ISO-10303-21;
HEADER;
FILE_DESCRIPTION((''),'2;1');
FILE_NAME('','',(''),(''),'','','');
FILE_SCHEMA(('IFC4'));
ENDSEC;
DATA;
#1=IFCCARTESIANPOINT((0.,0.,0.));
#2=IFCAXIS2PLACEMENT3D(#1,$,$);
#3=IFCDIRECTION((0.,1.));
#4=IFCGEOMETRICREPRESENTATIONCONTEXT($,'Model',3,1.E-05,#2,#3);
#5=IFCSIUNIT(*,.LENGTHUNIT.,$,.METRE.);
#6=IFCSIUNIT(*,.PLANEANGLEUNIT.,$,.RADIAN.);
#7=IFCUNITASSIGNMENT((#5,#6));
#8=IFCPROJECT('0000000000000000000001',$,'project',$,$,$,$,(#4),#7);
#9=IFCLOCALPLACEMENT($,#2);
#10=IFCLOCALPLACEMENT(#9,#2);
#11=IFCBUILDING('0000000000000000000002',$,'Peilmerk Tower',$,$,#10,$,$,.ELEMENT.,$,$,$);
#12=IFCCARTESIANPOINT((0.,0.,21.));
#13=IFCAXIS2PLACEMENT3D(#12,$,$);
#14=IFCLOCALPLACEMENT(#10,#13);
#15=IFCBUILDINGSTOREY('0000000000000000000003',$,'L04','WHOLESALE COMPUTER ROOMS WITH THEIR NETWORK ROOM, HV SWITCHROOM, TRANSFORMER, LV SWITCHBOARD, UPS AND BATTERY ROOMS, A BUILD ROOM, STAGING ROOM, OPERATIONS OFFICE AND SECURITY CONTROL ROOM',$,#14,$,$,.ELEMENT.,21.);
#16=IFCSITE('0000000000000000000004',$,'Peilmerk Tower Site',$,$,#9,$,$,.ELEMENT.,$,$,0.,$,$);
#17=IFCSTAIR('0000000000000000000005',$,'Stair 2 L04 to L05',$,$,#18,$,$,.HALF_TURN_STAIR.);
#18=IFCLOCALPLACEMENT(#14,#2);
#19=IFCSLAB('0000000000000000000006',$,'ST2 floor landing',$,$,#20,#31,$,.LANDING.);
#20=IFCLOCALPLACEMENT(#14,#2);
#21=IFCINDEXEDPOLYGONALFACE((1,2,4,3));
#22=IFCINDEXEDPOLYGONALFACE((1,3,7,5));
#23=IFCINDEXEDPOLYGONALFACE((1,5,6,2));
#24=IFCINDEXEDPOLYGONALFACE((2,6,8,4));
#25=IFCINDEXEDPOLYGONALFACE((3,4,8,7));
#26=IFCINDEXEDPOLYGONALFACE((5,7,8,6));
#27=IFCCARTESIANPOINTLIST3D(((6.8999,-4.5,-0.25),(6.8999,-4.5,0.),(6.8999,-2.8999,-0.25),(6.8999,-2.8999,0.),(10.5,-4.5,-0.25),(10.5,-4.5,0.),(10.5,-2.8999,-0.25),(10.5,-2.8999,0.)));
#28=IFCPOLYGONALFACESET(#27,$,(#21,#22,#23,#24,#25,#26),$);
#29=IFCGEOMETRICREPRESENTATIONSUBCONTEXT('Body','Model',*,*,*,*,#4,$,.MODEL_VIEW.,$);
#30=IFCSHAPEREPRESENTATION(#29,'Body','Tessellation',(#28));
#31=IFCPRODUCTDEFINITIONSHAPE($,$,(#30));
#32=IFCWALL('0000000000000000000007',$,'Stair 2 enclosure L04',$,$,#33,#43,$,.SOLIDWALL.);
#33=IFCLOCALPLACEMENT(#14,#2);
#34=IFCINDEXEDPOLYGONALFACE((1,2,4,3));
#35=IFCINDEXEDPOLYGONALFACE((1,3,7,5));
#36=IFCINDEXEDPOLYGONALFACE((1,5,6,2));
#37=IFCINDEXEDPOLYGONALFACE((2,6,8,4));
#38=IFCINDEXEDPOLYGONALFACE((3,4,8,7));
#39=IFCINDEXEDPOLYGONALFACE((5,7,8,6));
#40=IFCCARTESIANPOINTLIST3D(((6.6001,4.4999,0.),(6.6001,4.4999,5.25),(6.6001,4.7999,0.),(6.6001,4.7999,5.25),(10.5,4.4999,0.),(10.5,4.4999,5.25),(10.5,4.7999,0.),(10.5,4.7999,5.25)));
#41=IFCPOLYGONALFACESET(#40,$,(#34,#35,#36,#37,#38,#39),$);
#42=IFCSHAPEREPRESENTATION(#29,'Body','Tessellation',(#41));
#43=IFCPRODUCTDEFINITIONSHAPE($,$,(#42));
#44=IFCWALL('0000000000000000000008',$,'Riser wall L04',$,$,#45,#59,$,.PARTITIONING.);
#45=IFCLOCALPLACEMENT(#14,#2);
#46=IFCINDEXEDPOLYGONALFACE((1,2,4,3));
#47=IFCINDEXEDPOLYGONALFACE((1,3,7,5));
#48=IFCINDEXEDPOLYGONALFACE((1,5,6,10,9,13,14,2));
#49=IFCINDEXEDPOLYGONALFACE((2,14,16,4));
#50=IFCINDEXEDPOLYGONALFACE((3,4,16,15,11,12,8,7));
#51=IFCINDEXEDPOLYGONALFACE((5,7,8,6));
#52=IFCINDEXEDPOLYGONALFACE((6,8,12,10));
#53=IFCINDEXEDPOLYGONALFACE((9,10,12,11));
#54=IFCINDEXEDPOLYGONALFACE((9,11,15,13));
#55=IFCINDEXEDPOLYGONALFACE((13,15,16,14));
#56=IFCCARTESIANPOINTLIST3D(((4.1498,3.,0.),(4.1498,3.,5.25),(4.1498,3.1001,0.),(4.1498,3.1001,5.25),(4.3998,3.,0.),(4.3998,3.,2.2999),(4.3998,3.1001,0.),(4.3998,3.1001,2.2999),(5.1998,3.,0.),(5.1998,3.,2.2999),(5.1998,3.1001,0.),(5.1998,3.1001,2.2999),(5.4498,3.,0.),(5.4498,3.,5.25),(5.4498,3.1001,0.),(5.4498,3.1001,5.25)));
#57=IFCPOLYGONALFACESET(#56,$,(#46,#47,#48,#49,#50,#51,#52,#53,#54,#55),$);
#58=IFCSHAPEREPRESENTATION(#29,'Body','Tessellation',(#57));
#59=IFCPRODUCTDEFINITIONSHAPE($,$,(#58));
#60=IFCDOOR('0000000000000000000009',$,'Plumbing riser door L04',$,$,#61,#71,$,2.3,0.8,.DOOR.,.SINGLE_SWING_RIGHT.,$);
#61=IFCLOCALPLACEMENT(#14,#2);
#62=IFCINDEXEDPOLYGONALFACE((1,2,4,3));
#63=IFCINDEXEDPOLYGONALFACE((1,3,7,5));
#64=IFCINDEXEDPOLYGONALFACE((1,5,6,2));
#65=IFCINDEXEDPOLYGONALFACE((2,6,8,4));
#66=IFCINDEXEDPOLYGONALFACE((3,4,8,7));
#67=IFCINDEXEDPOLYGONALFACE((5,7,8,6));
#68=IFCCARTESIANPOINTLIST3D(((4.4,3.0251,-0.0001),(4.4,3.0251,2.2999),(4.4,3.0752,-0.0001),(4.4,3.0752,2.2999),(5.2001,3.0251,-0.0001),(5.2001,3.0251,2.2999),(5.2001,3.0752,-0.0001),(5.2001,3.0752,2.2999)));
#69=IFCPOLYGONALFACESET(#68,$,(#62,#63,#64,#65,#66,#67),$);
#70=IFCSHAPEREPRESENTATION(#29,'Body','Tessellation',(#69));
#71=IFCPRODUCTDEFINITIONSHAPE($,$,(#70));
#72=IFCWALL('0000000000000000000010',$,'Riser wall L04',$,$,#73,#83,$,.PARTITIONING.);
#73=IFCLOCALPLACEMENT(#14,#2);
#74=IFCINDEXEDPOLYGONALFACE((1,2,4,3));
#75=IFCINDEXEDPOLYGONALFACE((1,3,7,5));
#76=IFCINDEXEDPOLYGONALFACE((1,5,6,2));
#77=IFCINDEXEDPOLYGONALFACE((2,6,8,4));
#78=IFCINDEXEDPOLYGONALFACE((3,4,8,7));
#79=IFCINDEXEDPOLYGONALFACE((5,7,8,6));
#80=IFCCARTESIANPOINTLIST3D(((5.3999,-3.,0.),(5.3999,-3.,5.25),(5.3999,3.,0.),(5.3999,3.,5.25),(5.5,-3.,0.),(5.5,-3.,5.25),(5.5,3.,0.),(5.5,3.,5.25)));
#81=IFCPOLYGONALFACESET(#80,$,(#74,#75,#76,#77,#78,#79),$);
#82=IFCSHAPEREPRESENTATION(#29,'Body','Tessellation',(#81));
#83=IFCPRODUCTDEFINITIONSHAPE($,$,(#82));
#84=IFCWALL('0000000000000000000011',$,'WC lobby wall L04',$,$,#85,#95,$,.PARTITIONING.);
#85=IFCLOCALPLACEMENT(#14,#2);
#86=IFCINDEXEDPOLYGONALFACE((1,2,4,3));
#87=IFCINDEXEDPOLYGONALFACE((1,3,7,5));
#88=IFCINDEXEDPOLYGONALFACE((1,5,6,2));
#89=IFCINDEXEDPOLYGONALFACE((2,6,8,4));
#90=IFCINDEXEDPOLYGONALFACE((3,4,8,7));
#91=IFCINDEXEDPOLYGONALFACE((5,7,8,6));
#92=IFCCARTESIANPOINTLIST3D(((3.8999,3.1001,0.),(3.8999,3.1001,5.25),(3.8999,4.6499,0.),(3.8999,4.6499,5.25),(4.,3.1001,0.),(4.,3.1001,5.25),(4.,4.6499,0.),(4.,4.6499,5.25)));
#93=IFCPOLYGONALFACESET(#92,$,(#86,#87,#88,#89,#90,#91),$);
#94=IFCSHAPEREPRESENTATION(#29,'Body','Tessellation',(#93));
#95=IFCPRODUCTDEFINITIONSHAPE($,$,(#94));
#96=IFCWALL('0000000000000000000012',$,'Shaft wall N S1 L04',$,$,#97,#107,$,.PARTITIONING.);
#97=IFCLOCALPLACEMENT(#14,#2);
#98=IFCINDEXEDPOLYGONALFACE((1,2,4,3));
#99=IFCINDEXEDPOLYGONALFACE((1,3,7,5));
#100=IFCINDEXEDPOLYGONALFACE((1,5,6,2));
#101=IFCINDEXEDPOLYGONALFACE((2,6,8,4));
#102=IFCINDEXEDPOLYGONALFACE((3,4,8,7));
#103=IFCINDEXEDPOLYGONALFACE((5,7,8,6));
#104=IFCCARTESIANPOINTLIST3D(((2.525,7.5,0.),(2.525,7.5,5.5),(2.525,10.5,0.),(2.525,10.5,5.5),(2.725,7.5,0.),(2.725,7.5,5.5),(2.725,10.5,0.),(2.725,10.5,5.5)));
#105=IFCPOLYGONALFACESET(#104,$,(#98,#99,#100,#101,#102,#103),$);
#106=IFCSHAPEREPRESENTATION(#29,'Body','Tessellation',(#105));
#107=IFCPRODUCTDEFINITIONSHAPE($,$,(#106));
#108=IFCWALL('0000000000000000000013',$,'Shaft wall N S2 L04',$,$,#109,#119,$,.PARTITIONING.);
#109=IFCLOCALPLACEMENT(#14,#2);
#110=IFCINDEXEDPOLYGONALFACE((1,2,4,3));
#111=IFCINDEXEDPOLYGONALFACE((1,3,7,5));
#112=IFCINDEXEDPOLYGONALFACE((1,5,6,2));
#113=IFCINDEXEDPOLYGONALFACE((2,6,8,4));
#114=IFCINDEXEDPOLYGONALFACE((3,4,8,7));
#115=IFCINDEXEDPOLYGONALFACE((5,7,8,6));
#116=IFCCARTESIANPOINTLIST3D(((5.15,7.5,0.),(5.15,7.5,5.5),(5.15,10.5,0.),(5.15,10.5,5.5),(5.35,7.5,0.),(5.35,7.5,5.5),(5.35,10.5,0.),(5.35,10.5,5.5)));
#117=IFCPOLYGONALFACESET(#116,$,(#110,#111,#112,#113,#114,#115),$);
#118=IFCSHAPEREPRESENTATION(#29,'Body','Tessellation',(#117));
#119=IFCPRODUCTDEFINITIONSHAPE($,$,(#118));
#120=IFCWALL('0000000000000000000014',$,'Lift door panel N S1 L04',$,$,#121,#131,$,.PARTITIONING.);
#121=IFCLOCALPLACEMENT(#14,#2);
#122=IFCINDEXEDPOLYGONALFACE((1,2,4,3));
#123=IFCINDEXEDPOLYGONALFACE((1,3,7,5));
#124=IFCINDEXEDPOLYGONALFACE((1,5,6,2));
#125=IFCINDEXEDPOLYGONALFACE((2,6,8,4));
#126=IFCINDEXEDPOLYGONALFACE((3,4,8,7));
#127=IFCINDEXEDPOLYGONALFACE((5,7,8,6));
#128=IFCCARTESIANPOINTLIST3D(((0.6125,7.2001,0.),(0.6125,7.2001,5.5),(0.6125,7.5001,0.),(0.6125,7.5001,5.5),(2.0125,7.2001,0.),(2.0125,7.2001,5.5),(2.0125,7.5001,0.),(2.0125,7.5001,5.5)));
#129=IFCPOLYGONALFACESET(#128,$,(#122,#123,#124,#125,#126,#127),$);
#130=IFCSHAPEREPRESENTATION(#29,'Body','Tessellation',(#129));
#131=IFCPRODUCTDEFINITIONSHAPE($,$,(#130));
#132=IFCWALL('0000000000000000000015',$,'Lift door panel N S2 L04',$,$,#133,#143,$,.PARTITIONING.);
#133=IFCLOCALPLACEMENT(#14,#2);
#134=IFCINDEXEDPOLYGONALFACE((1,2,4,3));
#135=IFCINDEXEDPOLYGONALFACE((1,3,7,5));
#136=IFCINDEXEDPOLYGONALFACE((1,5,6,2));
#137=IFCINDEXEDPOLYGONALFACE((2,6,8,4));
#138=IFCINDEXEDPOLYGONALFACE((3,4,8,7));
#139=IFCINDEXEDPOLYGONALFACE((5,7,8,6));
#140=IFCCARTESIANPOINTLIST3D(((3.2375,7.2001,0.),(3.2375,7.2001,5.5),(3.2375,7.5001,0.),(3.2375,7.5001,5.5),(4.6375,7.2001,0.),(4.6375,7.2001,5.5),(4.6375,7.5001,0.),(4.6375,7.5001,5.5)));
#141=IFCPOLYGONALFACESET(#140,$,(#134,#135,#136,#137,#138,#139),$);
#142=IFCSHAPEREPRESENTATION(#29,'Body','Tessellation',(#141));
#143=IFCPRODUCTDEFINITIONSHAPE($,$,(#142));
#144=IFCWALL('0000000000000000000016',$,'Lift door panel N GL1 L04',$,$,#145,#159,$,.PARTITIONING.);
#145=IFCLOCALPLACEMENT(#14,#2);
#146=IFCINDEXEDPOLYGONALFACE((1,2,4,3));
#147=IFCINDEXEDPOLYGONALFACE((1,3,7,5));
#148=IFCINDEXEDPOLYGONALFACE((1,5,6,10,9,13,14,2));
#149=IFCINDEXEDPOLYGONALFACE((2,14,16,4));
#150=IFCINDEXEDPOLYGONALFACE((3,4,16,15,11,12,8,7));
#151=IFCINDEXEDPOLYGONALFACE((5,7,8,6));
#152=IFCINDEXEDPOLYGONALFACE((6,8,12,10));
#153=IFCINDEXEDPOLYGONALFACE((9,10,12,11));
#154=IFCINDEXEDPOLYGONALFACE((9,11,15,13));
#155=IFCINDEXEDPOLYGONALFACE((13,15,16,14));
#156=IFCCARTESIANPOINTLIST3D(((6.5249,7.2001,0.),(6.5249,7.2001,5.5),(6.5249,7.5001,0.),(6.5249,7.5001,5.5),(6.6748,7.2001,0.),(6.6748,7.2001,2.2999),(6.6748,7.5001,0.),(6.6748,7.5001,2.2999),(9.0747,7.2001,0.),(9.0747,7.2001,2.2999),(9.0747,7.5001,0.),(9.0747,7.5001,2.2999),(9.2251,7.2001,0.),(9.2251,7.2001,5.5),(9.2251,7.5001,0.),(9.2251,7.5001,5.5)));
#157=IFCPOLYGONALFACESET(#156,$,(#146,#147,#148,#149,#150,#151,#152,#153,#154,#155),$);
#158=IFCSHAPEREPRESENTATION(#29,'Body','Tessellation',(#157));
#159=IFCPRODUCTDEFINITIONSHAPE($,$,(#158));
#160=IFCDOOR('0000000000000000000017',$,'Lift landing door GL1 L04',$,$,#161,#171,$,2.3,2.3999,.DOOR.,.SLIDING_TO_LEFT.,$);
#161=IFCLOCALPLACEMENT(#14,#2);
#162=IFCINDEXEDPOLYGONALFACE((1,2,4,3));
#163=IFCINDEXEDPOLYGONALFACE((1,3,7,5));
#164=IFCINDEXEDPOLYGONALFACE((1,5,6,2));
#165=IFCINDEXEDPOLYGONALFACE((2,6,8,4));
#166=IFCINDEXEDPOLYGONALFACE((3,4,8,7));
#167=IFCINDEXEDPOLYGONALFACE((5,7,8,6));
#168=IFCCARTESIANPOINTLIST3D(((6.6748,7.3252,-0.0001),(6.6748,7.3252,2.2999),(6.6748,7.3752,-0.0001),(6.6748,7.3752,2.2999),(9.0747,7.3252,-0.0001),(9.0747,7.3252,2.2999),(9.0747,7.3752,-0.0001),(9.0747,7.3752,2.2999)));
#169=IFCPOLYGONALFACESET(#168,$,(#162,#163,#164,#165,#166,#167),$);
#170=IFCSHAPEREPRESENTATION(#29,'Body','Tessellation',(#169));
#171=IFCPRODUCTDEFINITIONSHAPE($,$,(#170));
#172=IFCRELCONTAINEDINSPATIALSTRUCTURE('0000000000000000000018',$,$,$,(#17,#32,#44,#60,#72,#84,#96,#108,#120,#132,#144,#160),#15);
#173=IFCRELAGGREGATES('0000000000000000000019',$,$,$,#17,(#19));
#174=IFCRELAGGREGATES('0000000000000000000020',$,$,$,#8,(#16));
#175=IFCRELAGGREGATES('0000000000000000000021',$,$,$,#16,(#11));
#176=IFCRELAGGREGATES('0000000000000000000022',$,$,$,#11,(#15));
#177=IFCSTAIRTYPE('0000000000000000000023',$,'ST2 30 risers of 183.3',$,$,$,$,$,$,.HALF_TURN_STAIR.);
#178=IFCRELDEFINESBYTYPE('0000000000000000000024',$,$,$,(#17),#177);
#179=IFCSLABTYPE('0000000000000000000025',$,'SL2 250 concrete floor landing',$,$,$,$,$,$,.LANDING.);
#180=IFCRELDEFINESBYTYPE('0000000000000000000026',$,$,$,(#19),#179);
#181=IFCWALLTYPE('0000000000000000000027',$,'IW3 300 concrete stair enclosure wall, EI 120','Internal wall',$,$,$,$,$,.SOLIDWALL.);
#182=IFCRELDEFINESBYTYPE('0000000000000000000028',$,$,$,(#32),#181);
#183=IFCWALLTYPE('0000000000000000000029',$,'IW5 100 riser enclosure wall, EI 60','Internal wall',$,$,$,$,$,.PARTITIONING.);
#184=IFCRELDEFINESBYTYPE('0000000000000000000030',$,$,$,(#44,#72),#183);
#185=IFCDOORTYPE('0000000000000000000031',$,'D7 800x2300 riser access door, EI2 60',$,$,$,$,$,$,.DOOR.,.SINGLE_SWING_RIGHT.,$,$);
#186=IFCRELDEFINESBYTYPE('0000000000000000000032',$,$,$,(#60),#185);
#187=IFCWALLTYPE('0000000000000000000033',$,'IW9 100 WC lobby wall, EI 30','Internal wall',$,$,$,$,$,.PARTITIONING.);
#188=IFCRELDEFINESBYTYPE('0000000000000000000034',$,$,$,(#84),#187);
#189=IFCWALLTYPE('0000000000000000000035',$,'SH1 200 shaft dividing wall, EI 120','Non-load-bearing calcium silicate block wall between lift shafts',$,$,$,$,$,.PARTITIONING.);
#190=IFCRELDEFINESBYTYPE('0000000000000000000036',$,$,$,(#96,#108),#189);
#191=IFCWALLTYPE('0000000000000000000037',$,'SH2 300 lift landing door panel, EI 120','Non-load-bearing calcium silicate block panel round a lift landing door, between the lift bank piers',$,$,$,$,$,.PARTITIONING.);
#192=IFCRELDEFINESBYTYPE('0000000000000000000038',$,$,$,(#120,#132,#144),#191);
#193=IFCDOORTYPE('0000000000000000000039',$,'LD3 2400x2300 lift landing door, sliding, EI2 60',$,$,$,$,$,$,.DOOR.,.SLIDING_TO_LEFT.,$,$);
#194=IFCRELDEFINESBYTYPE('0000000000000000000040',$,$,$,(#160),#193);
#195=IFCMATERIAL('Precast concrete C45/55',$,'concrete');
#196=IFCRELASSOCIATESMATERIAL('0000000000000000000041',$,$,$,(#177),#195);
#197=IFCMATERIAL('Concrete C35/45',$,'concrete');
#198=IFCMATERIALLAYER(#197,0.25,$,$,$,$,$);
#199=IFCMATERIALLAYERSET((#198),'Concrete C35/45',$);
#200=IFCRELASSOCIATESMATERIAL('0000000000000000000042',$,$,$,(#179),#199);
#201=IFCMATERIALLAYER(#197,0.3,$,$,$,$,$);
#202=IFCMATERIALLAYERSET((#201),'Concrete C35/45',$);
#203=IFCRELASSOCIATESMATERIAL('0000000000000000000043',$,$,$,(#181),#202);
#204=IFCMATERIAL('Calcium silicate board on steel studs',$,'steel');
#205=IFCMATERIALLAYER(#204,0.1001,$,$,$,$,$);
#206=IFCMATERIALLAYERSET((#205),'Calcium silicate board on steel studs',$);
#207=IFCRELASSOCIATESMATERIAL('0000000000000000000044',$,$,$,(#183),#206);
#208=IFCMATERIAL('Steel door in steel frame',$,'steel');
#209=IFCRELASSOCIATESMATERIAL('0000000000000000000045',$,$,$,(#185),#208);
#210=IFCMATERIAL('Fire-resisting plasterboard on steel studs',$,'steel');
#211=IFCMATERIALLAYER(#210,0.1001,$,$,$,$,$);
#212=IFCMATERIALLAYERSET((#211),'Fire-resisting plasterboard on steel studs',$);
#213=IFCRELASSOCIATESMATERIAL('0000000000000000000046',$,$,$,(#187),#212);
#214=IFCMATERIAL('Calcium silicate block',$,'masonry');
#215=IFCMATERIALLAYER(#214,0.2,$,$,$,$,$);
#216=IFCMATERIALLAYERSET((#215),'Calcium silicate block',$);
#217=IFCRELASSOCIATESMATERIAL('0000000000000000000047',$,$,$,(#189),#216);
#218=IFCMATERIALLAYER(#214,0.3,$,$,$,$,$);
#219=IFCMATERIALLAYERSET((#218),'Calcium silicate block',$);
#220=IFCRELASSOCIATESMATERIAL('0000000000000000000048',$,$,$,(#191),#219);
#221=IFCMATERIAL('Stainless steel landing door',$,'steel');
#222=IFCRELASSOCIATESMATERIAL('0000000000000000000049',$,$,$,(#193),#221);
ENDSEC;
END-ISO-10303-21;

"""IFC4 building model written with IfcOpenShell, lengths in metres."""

from ifc_helpers import new_model, si_unit, direction, frame, frame_2d, origin, place, context, subcontext, project, spatial, polyline, rectangle, outline, extrude, material, layer, layer_set, type_object, element, fill, aggregate, save


model = new_model("IFC4")

# Units and contexts
model_context = context("Model", 3, precision=1e-05, world=origin(), true_north=direction((0.0, 1.0)))
body_context = subcontext(model_context, "Body", "Model", "MODEL_VIEW")
ifc_project = project(units=[si_unit("LENGTHUNIT", "METRE"), si_unit("PLANEANGLEUNIT", "RADIAN")], contexts=[model_context])

# Site, building, storey
site_placement = place(None, origin())
site = spatial("IfcSite", under=ifc_project, at=site_placement, Name="Peilmerk Tower Site", CompositionType="ELEMENT", RefElevation=0.0)
building_placement = place(site_placement, origin())
building = spatial("IfcBuilding", under=site, at=building_placement, Name="Peilmerk Tower", CompositionType="ELEMENT")
storey_placement = place(building_placement, frame((0.0, 0.0, 21.0)))
storey = spatial("IfcBuildingStorey", under=building, at=storey_placement, Name="L04", Description="WHOLESALE COMPUTER ROOMS WITH THEIR NETWORK ROOM, HV SWITCHROOM, TRANSFORMER, LV SWITCHBOARD, UPS AND BATTERY ROOMS, A BUILD ROOM, STAGING ROOM, OPERATIONS OFFICE AND SECURITY CONTROL ROOM", CompositionType="ELEMENT", Elevation=21.0)

# Stair, slab
ifc_material_1 = material(Name="Precast concrete C45/55", Category="concrete")
stair_type = type_object("IfcStairType", Name="ST2 30 risers of 183.3", PredefinedType="HALF_TURN_STAIR", material=ifc_material_1)
stair_placement = place(storey_placement, origin())
stair = element("IfcStair", 1, at=stair_placement, inside=storey, type_object=stair_type, Name="Stair 2 L04 to L05", PredefinedType="HALF_TURN_STAIR")
ifc_material_2 = material(Name="Concrete C35/45", Category="concrete")
ifc_layer_1 = layer(ifc_material_2, 0.25)
ifc_layer_set_1 = layer_set([ifc_layer_1], Name="Concrete C35/45")
slab_type = type_object("IfcSlabType", Name="SL2 250 concrete floor landing", PredefinedType="LANDING", material=ifc_layer_set_1)
slab_placement = place(storey_placement, frame((0.0, 0.0, -0.25)))
slab = element("IfcSlab", 2, at=slab_placement, type_object=slab_type, Name="ST2 floor landing", PredefinedType="LANDING", context=body_context, shape_type="SweptSolid", body=[
    extrude(outline(polyline([(6.8999, -4.5), (10.5, -4.5), (10.5, -2.8999), (6.8999, -2.8999), (6.8999, -4.5)])), origin(), (0.0, 0.0, 1.0), 0.25),
])

# Wall
ifc_layer_2 = layer(ifc_material_2, 0.3)
ifc_layer_set_2 = layer_set([ifc_layer_2], Name="Concrete C35/45")
wall_type_1 = type_object("IfcWallType", Name="IW3 300 concrete stair enclosure wall, EI 120", Description="Internal wall", PredefinedType="SOLIDWALL", material=ifc_layer_set_2)
wall_1_placement = place(storey_placement, frame((6.6001, 4.6499, 0.0), z_axis=(0.0, 0.0, 1.0), x_axis=(1.0, 0.0, 0.0)))
element("IfcWall", 3, at=wall_1_placement, inside=storey, type_object=wall_type_1, Name="Stair 2 enclosure L04", PredefinedType="SOLIDWALL", context=body_context, shape_type="SweptSolid", body=[
    extrude(rectangle(XDim=3.8999, YDim=0.3, at=frame_2d((1.95, 0.0))), origin(), (0.0, 0.0, 1.0), 5.25),
])

# Wall, opening, door
ifc_material_3 = material(Name="Calcium silicate board on steel studs", Category="steel")
ifc_layer_3 = layer(ifc_material_3, 0.1001)
ifc_layer_set_3 = layer_set([ifc_layer_3], Name="Calcium silicate board on steel studs")
wall_type_2 = type_object("IfcWallType", Name="IW5 100 riser enclosure wall, EI 60", Description="Internal wall", PredefinedType="PARTITIONING", material=ifc_layer_set_3)
wall_2_placement = place(storey_placement, frame((4.1499, 3.05, 0.0), z_axis=(0.0, 0.0, 1.0), x_axis=(1.0, 0.0, 0.0)))
wall_2 = element("IfcWall", 4, at=wall_2_placement, inside=storey, type_object=wall_type_2, Name="Riser wall L04", PredefinedType="PARTITIONING", context=body_context, shape_type="SweptSolid", body=[
    extrude(rectangle(XDim=1.3, YDim=0.1001, at=frame_2d((0.6499, 0.0))), origin(), (0.0, 0.0, 1.0), 5.25),
])
opening_1_placement = place(wall_2_placement, frame((0.25, 0.0, 0.0)))
opening_1 = element("IfcOpeningElement", 5, at=opening_1_placement, cuts=wall_2, PredefinedType="OPENING", context=body_context, shape_type="SweptSolid", body=[
    extrude(rectangle(XDim=0.8, YDim=2.3, at=frame_2d((0.3999, 1.1499))), frame((0.0, 0.0601, 0.0), z_axis=(0.0, -1.0, 0.0), x_axis=(1.0, 0.0, 0.0)), (0.0, 0.0, 1.0), 0.1201),
])
ifc_material_4 = material(Name="Steel door in steel frame", Category="steel")
door_type_1 = type_object("IfcDoorType", Name="D7 800x2300 riser access door, EI2 60", OperationType="SINGLE_SWING_RIGHT", PredefinedType="DOOR", material=ifc_material_4)
door_1_placement = place(opening_1_placement, frame((0.8, 0.0, 0.0), z_axis=(0.0, 0.0, 1.0), x_axis=(-1.0, 0.0, 0.0)))
door_1 = element("IfcDoor", 6, at=door_1_placement, inside=storey, type_object=door_type_1, Name="Plumbing riser door L04", OperationType="SINGLE_SWING_RIGHT", OverallHeight=2.3, OverallWidth=0.8, PredefinedType="DOOR", context=body_context, shape_type="SweptSolid", body=[
    extrude(rectangle(XDim=0.8, YDim=2.3, at=frame_2d((0.3999, 1.1499))), frame((0.0, 0.0249, 0.0), z_axis=(0.0, -1.0, 0.0), x_axis=(1.0, 0.0, 0.0)), (0.0, 0.0, 1.0), 0.05),
])
fill(opening_1, door_1)

# Walls
wall_3_placement = place(storey_placement, frame((5.45, 3.0, 0.0), z_axis=(0.0, 0.0, 1.0), x_axis=(0.0, -1.0, 0.0)))
element("IfcWall", 7, at=wall_3_placement, inside=storey, type_object=wall_type_2, Name="Riser wall L04", PredefinedType="PARTITIONING", context=body_context, shape_type="SweptSolid", body=[
    extrude(rectangle(XDim=6.0, YDim=0.1001, at=frame_2d((3.0, 0.0))), origin(), (0.0, 0.0, 1.0), 5.25),
])
ifc_material_5 = material(Name="Fire-resisting plasterboard on steel studs", Category="steel")
ifc_layer_4 = layer(ifc_material_5, 0.1001)
ifc_layer_set_4 = layer_set([ifc_layer_4], Name="Fire-resisting plasterboard on steel studs")
wall_type_3 = type_object("IfcWallType", Name="IW9 100 WC lobby wall, EI 30", Description="Internal wall", PredefinedType="PARTITIONING", material=ifc_layer_set_4)
wall_4_placement = place(storey_placement, frame((3.95, 3.1001, 0.0), z_axis=(0.0, 0.0, 1.0), x_axis=(0.0, 1.0, 0.0)))
element("IfcWall", 8, at=wall_4_placement, inside=storey, type_object=wall_type_3, Name="WC lobby wall L04", PredefinedType="PARTITIONING", context=body_context, shape_type="SweptSolid", body=[
    extrude(rectangle(XDim=1.5498, YDim=0.1001, at=frame_2d((0.7749, 0.0))), origin(), (0.0, 0.0, 1.0), 5.25),
])
ifc_material_6 = material(Name="Calcium silicate block", Category="masonry")
ifc_layer_5 = layer(ifc_material_6, 0.2)
ifc_layer_set_5 = layer_set([ifc_layer_5], Name="Calcium silicate block")
wall_type_4 = type_object("IfcWallType", Name="SH1 200 shaft dividing wall, EI 120", Description="Non-load-bearing calcium silicate block wall between lift shafts", PredefinedType="PARTITIONING", material=ifc_layer_set_5)
for number, where, z_axis, x_axis, name in (
    (9, (2.625, 7.5, 0.0), (0.0, 0.0, 1.0), (0.0, 1.0, 0.0), "Shaft wall N S1 L04"),
    (10, (5.25, 7.5, 0.0), (0.0, 0.0, 1.0), (0.0, 1.0, 0.0), "Shaft wall N S2 L04"),
):
    element("IfcWall", number, at=place(storey_placement, frame(where, z_axis=z_axis, x_axis=x_axis)), inside=storey, type_object=wall_type_4, Name=name, PredefinedType="PARTITIONING", context=body_context, shape_type="SweptSolid", body=[
        extrude(rectangle(XDim=3.0, YDim=0.2, at=frame_2d((1.5, 0.0))), origin(), (0.0, 0.0, 1.0), 5.5),
    ])
ifc_layer_6 = layer(ifc_material_6, 0.3)
ifc_layer_set_6 = layer_set([ifc_layer_6], Name="Calcium silicate block")
wall_type_5 = type_object("IfcWallType", Name="SH2 300 lift landing door panel, EI 120", Description="Non-load-bearing calcium silicate block panel round a lift landing door, between the lift bank piers", PredefinedType="PARTITIONING", material=ifc_layer_set_6)
for number, where, z_axis, x_axis, name in (
    (11, (0.6125, 7.3501, 0.0), (0.0, 0.0, 1.0), (1.0, 0.0, 0.0), "Lift door panel N S1 L04"),
    (12, (3.2375, 7.3501, 0.0), (0.0, 0.0, 1.0), (1.0, 0.0, 0.0), "Lift door panel N S2 L04"),
):
    element("IfcWall", number, at=place(storey_placement, frame(where, z_axis=z_axis, x_axis=x_axis)), inside=storey, type_object=wall_type_5, Name=name, PredefinedType="PARTITIONING", context=body_context, shape_type="SweptSolid", body=[
        extrude(rectangle(XDim=1.3999, YDim=0.3, at=frame_2d((0.7, 0.0))), origin(), (0.0, 0.0, 1.0), 5.5),
    ])

# Wall, opening, door
wall_5_placement = place(storey_placement, frame((6.5249, 7.3501, 0.0), z_axis=(0.0, 0.0, 1.0), x_axis=(1.0, 0.0, 0.0)))
wall_5 = element("IfcWall", 13, at=wall_5_placement, inside=storey, type_object=wall_type_5, Name="Lift door panel N GL1 L04", PredefinedType="PARTITIONING", context=body_context, shape_type="SweptSolid", body=[
    extrude(rectangle(XDim=2.7002, YDim=0.3, at=frame_2d((1.3501, 0.0))), origin(), (0.0, 0.0, 1.0), 5.5),
])
opening_2_placement = place(wall_5_placement, frame((0.1499, 0.0, 0.0)))
opening_2 = element("IfcOpeningElement", 14, at=opening_2_placement, cuts=wall_5, PredefinedType="OPENING", context=body_context, shape_type="SweptSolid", body=[
    extrude(rectangle(XDim=2.3999, YDim=2.3, at=frame_2d((1.2, 1.1499))), frame((0.0, 0.1599, 0.0), z_axis=(0.0, -1.0, 0.0), x_axis=(1.0, 0.0, 0.0)), (0.0, 0.0, 1.0), 0.3201),
])
ifc_material_7 = material(Name="Stainless steel landing door", Category="steel")
door_type_2 = type_object("IfcDoorType", Name="LD3 2400x2300 lift landing door, sliding, EI2 60", OperationType="SLIDING_TO_LEFT", PredefinedType="DOOR", material=ifc_material_7)
door_2_placement = place(opening_2_placement, frame((2.3999, 0.0, 0.0), z_axis=(0.0, 0.0, 1.0), x_axis=(-1.0, 0.0, 0.0)))
door_2 = element("IfcDoor", 15, at=door_2_placement, inside=storey, type_object=door_type_2, Name="Lift landing door GL1 L04", OperationType="SLIDING_TO_LEFT", OverallHeight=2.3, OverallWidth=2.3999, PredefinedType="DOOR", context=body_context, shape_type="SweptSolid", body=[
    extrude(rectangle(XDim=2.3999, YDim=2.3, at=frame_2d((1.2, 1.1499))), frame((0.0, 0.0249, 0.0), z_axis=(0.0, -1.0, 0.0), x_axis=(1.0, 0.0, 0.0)), (0.0, 0.0, 1.0), 0.05),
])
fill(opening_2, door_2)

aggregate(stair, [slab])

save(model, "model.ifc")
